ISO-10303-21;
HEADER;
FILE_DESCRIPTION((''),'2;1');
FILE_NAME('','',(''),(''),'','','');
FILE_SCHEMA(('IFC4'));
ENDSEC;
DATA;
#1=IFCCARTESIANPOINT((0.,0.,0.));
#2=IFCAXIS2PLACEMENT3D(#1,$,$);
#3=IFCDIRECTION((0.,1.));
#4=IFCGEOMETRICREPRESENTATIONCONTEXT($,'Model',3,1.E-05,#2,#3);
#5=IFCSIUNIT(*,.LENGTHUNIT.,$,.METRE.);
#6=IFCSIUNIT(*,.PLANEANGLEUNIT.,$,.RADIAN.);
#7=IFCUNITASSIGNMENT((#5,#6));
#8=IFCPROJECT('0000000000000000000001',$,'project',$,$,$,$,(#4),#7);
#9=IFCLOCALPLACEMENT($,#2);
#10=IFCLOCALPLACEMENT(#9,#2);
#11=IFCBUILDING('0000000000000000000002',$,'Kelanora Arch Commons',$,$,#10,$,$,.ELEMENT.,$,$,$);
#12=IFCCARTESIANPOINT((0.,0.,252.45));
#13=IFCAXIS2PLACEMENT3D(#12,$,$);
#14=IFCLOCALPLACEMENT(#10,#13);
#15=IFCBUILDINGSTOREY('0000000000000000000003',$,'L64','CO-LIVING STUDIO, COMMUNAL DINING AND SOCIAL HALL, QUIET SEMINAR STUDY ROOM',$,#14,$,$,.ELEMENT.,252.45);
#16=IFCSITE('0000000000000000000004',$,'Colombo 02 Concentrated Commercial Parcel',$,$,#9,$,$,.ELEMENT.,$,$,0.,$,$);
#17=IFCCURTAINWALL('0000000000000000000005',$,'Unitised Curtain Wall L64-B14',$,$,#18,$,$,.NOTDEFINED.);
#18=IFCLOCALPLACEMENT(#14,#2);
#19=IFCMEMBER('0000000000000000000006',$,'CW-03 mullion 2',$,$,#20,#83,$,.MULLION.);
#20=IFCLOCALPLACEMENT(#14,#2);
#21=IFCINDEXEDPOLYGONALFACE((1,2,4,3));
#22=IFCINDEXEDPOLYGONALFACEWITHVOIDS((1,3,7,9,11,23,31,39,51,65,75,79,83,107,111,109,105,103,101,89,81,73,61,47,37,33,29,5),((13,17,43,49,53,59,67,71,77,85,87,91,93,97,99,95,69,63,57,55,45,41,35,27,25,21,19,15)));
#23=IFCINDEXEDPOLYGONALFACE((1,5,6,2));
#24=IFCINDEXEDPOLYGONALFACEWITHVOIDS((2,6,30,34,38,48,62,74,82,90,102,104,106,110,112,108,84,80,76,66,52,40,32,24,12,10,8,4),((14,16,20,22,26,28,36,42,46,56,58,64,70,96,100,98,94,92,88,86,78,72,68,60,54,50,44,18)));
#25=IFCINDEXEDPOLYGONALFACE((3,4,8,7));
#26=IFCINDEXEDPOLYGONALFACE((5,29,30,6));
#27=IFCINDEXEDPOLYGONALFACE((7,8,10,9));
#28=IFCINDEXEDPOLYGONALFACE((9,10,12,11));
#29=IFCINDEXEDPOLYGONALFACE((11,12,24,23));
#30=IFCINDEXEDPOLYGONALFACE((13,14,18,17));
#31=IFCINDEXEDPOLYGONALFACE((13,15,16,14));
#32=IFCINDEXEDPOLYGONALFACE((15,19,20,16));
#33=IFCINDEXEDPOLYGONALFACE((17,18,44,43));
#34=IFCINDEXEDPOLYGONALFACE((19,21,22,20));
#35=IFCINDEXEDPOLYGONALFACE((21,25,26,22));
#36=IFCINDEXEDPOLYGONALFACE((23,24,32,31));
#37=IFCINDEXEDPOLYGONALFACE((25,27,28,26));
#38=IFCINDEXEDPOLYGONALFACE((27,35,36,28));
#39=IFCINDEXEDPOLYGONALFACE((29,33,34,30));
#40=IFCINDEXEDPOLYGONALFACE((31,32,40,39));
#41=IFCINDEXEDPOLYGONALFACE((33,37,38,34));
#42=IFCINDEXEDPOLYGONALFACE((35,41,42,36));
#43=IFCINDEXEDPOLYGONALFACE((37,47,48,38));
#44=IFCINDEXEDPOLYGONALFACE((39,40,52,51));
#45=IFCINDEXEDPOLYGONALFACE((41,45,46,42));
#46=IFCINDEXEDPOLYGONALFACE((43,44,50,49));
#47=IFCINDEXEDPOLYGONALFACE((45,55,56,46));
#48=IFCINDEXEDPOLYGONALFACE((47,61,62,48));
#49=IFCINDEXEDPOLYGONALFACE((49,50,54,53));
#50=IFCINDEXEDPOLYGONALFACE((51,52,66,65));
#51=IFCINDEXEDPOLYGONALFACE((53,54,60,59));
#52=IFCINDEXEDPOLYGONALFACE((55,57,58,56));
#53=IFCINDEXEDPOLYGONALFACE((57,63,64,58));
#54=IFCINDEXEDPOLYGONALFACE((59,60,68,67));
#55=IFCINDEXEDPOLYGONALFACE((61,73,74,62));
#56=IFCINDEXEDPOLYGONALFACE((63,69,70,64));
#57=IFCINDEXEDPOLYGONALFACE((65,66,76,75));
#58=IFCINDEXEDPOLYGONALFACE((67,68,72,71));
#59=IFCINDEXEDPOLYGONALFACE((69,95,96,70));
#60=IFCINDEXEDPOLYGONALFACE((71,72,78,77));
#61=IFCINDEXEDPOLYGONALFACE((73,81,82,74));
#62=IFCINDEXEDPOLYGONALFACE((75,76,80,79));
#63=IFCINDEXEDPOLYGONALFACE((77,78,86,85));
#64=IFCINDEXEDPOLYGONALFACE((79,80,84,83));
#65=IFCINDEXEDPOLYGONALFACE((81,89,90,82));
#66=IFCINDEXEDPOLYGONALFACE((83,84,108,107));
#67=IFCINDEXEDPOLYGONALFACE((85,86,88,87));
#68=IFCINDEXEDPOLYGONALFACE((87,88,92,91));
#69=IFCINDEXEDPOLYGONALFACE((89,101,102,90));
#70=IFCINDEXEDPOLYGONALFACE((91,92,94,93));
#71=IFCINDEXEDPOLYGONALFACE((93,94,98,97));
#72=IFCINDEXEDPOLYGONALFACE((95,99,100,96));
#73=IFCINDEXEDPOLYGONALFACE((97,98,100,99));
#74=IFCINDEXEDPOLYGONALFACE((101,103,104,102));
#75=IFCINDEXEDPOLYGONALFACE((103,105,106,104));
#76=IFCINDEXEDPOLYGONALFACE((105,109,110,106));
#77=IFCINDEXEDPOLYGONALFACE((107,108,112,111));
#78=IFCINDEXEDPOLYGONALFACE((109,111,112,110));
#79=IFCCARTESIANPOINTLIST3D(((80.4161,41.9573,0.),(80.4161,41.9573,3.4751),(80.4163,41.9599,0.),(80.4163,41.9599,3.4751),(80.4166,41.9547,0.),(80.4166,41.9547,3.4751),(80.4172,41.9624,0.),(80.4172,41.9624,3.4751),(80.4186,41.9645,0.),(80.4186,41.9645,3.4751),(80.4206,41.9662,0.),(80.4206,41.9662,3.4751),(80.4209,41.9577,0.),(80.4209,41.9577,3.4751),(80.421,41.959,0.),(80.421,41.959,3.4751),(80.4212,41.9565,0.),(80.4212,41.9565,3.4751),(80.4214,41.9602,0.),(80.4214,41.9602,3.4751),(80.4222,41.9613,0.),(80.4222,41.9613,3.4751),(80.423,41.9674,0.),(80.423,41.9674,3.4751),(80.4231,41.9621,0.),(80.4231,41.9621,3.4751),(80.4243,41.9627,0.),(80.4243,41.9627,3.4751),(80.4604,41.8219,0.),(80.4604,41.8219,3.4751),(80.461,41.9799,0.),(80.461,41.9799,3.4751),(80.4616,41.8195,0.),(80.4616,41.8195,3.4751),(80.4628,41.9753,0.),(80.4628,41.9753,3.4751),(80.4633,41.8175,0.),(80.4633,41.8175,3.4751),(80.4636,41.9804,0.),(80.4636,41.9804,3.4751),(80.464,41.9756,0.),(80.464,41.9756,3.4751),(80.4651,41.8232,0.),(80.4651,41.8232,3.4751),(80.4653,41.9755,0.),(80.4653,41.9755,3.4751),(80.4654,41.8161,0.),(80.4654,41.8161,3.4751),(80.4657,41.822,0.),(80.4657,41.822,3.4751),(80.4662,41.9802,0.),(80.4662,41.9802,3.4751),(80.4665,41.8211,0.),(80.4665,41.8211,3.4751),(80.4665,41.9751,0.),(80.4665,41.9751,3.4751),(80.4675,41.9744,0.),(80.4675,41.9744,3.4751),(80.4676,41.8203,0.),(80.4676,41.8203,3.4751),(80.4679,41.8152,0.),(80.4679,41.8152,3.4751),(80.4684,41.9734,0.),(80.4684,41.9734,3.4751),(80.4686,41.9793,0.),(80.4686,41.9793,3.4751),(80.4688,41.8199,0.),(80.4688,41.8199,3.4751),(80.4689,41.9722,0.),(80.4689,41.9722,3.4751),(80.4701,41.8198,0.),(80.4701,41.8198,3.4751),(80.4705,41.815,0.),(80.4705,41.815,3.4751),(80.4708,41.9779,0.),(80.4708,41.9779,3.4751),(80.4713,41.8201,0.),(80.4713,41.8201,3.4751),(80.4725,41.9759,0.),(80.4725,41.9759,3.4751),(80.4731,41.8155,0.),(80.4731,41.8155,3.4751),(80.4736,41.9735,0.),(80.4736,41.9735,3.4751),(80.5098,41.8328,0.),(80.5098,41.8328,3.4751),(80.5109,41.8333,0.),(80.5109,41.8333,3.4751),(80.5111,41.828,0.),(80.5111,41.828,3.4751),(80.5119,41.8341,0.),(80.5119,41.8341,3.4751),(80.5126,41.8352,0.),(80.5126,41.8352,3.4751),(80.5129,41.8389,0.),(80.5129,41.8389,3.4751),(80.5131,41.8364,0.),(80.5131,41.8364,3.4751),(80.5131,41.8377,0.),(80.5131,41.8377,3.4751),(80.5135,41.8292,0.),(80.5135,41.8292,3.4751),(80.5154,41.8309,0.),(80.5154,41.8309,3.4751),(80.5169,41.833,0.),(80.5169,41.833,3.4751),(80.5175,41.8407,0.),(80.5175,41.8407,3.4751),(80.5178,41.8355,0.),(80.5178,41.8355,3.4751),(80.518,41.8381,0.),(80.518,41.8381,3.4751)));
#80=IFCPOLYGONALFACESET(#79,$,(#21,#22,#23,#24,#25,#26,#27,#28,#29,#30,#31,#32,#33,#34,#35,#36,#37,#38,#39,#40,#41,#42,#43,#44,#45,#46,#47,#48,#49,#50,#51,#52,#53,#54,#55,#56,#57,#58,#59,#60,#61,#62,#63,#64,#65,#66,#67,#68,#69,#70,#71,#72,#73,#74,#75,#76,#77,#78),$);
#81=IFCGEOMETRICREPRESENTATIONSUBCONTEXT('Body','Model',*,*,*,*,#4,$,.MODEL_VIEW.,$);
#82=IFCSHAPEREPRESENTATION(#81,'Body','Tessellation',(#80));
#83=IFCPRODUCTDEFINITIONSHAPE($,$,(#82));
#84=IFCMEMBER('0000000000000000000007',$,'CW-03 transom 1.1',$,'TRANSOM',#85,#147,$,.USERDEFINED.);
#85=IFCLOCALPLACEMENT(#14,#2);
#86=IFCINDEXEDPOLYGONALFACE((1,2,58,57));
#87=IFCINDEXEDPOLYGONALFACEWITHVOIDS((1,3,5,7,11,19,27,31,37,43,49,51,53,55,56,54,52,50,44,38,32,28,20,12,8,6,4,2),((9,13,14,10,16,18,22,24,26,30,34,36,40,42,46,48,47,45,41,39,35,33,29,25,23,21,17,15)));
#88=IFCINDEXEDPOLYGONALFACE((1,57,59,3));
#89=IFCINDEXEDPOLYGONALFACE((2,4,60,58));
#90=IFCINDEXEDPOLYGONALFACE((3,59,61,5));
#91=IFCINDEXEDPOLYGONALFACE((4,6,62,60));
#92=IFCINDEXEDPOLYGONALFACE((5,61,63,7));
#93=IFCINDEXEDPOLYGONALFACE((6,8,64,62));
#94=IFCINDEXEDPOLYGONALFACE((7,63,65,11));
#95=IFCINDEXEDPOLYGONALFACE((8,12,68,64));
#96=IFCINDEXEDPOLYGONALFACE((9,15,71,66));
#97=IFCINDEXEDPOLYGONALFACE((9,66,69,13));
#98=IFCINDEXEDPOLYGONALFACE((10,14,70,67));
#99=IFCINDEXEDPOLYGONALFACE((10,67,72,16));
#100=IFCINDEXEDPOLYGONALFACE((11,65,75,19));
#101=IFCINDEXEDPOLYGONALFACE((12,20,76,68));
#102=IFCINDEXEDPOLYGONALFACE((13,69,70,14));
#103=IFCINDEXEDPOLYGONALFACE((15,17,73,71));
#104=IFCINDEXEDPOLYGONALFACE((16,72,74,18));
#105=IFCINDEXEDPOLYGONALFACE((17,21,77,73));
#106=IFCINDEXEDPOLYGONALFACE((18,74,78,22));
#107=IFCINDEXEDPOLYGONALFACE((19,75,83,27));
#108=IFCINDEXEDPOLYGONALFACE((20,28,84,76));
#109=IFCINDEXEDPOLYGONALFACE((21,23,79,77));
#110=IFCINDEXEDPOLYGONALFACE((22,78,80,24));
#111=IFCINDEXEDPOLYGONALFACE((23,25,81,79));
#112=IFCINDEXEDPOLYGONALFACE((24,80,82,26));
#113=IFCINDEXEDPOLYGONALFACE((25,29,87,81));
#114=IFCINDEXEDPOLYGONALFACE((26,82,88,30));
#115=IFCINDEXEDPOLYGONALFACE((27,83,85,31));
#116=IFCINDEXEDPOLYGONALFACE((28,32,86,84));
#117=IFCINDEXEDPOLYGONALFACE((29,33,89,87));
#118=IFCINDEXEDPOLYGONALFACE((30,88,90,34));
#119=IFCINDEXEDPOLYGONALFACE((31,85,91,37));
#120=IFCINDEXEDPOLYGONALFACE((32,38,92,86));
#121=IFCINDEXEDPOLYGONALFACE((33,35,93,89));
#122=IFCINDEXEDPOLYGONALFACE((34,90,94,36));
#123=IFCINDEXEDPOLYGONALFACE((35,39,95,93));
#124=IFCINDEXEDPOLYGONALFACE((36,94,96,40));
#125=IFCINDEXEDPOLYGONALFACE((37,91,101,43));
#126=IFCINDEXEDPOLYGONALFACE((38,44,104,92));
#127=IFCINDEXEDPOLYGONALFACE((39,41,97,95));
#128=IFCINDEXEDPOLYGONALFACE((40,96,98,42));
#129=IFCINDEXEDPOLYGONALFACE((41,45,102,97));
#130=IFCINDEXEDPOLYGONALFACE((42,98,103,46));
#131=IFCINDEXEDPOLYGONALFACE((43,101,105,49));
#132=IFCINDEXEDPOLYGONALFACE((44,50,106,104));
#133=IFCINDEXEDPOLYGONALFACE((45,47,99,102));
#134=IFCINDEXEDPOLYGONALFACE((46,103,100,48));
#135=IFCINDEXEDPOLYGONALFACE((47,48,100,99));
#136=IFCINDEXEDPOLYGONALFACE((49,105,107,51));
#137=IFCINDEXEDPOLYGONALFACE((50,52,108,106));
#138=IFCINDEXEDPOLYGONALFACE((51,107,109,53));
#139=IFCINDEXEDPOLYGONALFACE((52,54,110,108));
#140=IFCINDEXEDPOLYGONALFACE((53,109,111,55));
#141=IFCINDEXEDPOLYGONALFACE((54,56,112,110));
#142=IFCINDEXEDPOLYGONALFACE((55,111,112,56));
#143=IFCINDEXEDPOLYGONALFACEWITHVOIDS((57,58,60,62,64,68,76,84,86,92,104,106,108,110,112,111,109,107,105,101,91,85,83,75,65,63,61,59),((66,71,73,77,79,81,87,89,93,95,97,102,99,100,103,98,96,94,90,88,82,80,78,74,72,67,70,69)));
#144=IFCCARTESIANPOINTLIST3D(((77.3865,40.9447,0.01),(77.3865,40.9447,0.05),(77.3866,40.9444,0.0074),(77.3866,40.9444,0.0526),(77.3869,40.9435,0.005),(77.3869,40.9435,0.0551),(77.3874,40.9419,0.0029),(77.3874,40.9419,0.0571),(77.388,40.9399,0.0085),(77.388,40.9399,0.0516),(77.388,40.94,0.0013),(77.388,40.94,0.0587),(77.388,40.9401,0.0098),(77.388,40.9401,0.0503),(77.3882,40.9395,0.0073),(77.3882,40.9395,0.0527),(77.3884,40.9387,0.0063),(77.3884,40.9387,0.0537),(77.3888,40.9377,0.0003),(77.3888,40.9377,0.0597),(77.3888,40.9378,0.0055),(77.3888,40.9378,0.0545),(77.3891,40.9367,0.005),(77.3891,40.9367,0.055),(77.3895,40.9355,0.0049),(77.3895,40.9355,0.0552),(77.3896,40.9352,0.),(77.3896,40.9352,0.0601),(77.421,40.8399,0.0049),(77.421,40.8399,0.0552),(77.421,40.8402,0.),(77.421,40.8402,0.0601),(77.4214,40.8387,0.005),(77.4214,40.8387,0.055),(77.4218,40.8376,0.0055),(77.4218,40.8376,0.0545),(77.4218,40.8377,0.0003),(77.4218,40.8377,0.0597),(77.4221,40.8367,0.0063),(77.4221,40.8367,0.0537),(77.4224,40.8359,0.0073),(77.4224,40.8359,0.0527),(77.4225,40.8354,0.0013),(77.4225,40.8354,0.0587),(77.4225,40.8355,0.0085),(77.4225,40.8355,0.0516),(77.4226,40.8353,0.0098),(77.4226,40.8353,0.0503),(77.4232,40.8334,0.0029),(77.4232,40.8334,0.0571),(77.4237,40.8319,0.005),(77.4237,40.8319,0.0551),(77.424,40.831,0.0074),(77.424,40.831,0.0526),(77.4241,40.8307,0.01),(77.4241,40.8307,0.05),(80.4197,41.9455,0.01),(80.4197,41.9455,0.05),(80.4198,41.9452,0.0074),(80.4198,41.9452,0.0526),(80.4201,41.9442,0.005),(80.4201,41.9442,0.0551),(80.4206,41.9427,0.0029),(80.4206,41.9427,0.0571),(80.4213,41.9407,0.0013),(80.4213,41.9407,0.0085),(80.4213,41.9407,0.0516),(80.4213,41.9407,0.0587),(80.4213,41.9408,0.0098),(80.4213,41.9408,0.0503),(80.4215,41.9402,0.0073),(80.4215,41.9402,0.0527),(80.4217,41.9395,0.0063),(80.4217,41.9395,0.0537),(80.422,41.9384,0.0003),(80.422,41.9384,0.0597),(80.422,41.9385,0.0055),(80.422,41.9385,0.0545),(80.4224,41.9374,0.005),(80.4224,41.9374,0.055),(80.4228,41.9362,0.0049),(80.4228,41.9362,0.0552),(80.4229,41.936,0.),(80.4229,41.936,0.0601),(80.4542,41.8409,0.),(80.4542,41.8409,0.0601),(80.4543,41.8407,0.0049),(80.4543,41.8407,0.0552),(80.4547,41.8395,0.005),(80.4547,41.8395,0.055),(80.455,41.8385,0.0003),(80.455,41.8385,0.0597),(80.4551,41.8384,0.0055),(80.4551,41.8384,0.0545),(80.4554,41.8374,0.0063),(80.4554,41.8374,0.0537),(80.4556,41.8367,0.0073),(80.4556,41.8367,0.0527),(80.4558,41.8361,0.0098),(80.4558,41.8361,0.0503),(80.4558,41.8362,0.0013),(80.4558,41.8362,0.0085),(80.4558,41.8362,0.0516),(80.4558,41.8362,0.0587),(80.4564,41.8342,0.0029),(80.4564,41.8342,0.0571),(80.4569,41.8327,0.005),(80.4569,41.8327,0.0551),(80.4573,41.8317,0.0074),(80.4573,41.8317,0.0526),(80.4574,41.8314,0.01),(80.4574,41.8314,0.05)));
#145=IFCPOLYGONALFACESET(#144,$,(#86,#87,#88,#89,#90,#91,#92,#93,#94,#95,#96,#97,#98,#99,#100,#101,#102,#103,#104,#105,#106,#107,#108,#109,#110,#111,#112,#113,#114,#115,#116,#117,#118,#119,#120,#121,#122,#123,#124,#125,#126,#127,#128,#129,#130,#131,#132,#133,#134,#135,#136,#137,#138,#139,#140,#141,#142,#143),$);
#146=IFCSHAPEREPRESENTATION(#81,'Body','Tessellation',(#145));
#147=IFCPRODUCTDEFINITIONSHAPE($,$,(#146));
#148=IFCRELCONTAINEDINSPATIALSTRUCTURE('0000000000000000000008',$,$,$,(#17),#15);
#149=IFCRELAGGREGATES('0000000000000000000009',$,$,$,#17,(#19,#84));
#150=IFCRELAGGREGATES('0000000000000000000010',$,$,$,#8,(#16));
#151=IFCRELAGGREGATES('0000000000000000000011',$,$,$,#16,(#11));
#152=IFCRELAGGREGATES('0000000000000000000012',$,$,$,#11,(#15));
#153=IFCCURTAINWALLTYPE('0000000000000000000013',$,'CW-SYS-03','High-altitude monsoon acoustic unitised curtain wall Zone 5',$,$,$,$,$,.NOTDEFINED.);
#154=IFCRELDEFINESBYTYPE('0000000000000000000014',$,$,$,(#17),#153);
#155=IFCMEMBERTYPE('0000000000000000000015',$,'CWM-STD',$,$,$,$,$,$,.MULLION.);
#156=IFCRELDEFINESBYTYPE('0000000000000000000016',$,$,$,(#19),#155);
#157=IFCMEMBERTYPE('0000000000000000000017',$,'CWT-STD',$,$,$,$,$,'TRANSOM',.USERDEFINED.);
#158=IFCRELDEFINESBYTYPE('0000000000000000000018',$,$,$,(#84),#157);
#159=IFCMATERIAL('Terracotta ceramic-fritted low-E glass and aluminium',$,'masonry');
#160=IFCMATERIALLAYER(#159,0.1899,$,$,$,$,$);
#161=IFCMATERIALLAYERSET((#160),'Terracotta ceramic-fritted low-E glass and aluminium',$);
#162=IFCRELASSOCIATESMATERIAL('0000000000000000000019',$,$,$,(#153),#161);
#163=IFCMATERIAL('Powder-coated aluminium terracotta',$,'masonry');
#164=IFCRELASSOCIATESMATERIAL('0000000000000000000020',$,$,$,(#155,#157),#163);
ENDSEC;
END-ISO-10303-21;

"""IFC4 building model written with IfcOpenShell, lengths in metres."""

from ifc_helpers import new_model, si_unit, direction, frame, origin, origin_2d, place, context, subcontext, project, spatial, hollow_rectangle, extrude, material, layer, layer_set, material_profile, profile_set, type_object, element, aggregate, save


model = new_model("IFC4")

# Units and contexts
model_context = context("Model", 3, precision=1e-05, world=origin(), true_north=direction((0.0, 1.0)))
body_context = subcontext(model_context, "Body", "Model", "MODEL_VIEW")
ifc_project = project(units=[si_unit("LENGTHUNIT", "METRE"), si_unit("PLANEANGLEUNIT", "RADIAN")], contexts=[model_context])

# Site, building, storey
site_placement = place(None, origin())
site = spatial("IfcSite", under=ifc_project, at=site_placement, Name="Colombo 02 Concentrated Commercial Parcel", CompositionType="ELEMENT", RefElevation=0.0)
building_placement = place(site_placement, origin())
building = spatial("IfcBuilding", under=site, at=building_placement, Name="Kelanora Arch Commons", CompositionType="ELEMENT")
storey_placement = place(building_placement, frame((0.0, 0.0, 252.45)))
storey = spatial("IfcBuildingStorey", under=building, at=storey_placement, Name="L64", Description="CO-LIVING STUDIO, COMMUNAL DINING AND SOCIAL HALL, QUIET SEMINAR STUDY ROOM", CompositionType="ELEMENT", Elevation=252.45)

# Curtain wall, members
ifc_material_1 = material(Name="Terracotta ceramic-fritted low-E glass and aluminium", Category="masonry")
ifc_layer_1 = layer(ifc_material_1, 0.1899)
ifc_layer_set_1 = layer_set([ifc_layer_1], Name="Terracotta ceramic-fritted low-E glass and aluminium")
curtain_wall_type = type_object("IfcCurtainWallType", Name="CW-SYS-03", Description="High-altitude monsoon acoustic unitised curtain wall Zone 5", PredefinedType="NOTDEFINED", material=ifc_layer_set_1)
curtain_wall_placement = place(storey_placement, origin())
curtain_wall = element("IfcCurtainWall", 1, at=curtain_wall_placement, inside=storey, type_object=curtain_wall_type, Name="Unitised Curtain Wall L64-B14", PredefinedType="NOTDEFINED")
ifc_material_2 = material(Name="Powder-coated aluminium terracotta", Category="masonry")
ifc_material_profile_1 = material_profile(ifc_material_2, hollow_rectangle(XDim=0.1599, YDim=0.0601, WallThickness=0.0049, InnerFilletRadius=0.0049, OuterFilletRadius=0.01, at=origin_2d()), Name="CWM160x60")
ifc_profile_set_1 = profile_set([ifc_material_profile_1], Name="Powder-coated aluminium terracotta")
member_type_1 = type_object("IfcMemberType", Name="CWM-STD", PredefinedType="MULLION", material=ifc_profile_set_1)
member_1_placement = place(storey_placement, frame((80.467, 41.8977, 0.0), z_axis=(0.0, 0.0, 1.0), x_axis=(-0.313253, 0.94967, 0.0)))
member_1 = element("IfcMember", 2, at=member_1_placement, type_object=member_type_1, Name="CW-03 mullion 2", PredefinedType="MULLION", context=body_context, shape_type="SweptSolid", body=[
    extrude(hollow_rectangle(XDim=0.1599, YDim=0.0601, WallThickness=0.0049, InnerFilletRadius=0.0049, OuterFilletRadius=0.01, at=origin_2d()), origin(), (0.0, 0.0, 1.0), 3.4751),
])
ifc_material_profile_2 = material_profile(ifc_material_2, hollow_rectangle(XDim=0.1201, YDim=0.0601, WallThickness=0.0049, InnerFilletRadius=0.0049, OuterFilletRadius=0.01, at=origin_2d()), Name="CWT120x60")
ifc_profile_set_2 = profile_set([ifc_material_profile_2], Name="Powder-coated aluminium terracotta")
member_type_2 = type_object("IfcMemberType", Name="CWT-STD", ElementType="TRANSOM", PredefinedType="USERDEFINED", material=ifc_profile_set_2)
member_2_placement = place(storey_placement, frame((77.4053, 40.8877, 0.03), z_axis=(0.94965, 0.313314, 0.0), x_axis=(-0.313314, 0.94965, 0.0)))
member_2 = element("IfcMember", 3, at=member_2_placement, type_object=member_type_2, Name="CW-03 transom 1.1", ObjectType="TRANSOM", PredefinedType="USERDEFINED", context=body_context, shape_type="SweptSolid", body=[
    extrude(hollow_rectangle(XDim=0.1201, YDim=0.0601, WallThickness=0.0049, InnerFilletRadius=0.0049, OuterFilletRadius=0.01, at=origin_2d()), origin(), (0.0, 0.0, 1.0), 3.1941),
])
aggregate(curtain_wall, [member_1, member_2])

save(model, "model.ifc")
